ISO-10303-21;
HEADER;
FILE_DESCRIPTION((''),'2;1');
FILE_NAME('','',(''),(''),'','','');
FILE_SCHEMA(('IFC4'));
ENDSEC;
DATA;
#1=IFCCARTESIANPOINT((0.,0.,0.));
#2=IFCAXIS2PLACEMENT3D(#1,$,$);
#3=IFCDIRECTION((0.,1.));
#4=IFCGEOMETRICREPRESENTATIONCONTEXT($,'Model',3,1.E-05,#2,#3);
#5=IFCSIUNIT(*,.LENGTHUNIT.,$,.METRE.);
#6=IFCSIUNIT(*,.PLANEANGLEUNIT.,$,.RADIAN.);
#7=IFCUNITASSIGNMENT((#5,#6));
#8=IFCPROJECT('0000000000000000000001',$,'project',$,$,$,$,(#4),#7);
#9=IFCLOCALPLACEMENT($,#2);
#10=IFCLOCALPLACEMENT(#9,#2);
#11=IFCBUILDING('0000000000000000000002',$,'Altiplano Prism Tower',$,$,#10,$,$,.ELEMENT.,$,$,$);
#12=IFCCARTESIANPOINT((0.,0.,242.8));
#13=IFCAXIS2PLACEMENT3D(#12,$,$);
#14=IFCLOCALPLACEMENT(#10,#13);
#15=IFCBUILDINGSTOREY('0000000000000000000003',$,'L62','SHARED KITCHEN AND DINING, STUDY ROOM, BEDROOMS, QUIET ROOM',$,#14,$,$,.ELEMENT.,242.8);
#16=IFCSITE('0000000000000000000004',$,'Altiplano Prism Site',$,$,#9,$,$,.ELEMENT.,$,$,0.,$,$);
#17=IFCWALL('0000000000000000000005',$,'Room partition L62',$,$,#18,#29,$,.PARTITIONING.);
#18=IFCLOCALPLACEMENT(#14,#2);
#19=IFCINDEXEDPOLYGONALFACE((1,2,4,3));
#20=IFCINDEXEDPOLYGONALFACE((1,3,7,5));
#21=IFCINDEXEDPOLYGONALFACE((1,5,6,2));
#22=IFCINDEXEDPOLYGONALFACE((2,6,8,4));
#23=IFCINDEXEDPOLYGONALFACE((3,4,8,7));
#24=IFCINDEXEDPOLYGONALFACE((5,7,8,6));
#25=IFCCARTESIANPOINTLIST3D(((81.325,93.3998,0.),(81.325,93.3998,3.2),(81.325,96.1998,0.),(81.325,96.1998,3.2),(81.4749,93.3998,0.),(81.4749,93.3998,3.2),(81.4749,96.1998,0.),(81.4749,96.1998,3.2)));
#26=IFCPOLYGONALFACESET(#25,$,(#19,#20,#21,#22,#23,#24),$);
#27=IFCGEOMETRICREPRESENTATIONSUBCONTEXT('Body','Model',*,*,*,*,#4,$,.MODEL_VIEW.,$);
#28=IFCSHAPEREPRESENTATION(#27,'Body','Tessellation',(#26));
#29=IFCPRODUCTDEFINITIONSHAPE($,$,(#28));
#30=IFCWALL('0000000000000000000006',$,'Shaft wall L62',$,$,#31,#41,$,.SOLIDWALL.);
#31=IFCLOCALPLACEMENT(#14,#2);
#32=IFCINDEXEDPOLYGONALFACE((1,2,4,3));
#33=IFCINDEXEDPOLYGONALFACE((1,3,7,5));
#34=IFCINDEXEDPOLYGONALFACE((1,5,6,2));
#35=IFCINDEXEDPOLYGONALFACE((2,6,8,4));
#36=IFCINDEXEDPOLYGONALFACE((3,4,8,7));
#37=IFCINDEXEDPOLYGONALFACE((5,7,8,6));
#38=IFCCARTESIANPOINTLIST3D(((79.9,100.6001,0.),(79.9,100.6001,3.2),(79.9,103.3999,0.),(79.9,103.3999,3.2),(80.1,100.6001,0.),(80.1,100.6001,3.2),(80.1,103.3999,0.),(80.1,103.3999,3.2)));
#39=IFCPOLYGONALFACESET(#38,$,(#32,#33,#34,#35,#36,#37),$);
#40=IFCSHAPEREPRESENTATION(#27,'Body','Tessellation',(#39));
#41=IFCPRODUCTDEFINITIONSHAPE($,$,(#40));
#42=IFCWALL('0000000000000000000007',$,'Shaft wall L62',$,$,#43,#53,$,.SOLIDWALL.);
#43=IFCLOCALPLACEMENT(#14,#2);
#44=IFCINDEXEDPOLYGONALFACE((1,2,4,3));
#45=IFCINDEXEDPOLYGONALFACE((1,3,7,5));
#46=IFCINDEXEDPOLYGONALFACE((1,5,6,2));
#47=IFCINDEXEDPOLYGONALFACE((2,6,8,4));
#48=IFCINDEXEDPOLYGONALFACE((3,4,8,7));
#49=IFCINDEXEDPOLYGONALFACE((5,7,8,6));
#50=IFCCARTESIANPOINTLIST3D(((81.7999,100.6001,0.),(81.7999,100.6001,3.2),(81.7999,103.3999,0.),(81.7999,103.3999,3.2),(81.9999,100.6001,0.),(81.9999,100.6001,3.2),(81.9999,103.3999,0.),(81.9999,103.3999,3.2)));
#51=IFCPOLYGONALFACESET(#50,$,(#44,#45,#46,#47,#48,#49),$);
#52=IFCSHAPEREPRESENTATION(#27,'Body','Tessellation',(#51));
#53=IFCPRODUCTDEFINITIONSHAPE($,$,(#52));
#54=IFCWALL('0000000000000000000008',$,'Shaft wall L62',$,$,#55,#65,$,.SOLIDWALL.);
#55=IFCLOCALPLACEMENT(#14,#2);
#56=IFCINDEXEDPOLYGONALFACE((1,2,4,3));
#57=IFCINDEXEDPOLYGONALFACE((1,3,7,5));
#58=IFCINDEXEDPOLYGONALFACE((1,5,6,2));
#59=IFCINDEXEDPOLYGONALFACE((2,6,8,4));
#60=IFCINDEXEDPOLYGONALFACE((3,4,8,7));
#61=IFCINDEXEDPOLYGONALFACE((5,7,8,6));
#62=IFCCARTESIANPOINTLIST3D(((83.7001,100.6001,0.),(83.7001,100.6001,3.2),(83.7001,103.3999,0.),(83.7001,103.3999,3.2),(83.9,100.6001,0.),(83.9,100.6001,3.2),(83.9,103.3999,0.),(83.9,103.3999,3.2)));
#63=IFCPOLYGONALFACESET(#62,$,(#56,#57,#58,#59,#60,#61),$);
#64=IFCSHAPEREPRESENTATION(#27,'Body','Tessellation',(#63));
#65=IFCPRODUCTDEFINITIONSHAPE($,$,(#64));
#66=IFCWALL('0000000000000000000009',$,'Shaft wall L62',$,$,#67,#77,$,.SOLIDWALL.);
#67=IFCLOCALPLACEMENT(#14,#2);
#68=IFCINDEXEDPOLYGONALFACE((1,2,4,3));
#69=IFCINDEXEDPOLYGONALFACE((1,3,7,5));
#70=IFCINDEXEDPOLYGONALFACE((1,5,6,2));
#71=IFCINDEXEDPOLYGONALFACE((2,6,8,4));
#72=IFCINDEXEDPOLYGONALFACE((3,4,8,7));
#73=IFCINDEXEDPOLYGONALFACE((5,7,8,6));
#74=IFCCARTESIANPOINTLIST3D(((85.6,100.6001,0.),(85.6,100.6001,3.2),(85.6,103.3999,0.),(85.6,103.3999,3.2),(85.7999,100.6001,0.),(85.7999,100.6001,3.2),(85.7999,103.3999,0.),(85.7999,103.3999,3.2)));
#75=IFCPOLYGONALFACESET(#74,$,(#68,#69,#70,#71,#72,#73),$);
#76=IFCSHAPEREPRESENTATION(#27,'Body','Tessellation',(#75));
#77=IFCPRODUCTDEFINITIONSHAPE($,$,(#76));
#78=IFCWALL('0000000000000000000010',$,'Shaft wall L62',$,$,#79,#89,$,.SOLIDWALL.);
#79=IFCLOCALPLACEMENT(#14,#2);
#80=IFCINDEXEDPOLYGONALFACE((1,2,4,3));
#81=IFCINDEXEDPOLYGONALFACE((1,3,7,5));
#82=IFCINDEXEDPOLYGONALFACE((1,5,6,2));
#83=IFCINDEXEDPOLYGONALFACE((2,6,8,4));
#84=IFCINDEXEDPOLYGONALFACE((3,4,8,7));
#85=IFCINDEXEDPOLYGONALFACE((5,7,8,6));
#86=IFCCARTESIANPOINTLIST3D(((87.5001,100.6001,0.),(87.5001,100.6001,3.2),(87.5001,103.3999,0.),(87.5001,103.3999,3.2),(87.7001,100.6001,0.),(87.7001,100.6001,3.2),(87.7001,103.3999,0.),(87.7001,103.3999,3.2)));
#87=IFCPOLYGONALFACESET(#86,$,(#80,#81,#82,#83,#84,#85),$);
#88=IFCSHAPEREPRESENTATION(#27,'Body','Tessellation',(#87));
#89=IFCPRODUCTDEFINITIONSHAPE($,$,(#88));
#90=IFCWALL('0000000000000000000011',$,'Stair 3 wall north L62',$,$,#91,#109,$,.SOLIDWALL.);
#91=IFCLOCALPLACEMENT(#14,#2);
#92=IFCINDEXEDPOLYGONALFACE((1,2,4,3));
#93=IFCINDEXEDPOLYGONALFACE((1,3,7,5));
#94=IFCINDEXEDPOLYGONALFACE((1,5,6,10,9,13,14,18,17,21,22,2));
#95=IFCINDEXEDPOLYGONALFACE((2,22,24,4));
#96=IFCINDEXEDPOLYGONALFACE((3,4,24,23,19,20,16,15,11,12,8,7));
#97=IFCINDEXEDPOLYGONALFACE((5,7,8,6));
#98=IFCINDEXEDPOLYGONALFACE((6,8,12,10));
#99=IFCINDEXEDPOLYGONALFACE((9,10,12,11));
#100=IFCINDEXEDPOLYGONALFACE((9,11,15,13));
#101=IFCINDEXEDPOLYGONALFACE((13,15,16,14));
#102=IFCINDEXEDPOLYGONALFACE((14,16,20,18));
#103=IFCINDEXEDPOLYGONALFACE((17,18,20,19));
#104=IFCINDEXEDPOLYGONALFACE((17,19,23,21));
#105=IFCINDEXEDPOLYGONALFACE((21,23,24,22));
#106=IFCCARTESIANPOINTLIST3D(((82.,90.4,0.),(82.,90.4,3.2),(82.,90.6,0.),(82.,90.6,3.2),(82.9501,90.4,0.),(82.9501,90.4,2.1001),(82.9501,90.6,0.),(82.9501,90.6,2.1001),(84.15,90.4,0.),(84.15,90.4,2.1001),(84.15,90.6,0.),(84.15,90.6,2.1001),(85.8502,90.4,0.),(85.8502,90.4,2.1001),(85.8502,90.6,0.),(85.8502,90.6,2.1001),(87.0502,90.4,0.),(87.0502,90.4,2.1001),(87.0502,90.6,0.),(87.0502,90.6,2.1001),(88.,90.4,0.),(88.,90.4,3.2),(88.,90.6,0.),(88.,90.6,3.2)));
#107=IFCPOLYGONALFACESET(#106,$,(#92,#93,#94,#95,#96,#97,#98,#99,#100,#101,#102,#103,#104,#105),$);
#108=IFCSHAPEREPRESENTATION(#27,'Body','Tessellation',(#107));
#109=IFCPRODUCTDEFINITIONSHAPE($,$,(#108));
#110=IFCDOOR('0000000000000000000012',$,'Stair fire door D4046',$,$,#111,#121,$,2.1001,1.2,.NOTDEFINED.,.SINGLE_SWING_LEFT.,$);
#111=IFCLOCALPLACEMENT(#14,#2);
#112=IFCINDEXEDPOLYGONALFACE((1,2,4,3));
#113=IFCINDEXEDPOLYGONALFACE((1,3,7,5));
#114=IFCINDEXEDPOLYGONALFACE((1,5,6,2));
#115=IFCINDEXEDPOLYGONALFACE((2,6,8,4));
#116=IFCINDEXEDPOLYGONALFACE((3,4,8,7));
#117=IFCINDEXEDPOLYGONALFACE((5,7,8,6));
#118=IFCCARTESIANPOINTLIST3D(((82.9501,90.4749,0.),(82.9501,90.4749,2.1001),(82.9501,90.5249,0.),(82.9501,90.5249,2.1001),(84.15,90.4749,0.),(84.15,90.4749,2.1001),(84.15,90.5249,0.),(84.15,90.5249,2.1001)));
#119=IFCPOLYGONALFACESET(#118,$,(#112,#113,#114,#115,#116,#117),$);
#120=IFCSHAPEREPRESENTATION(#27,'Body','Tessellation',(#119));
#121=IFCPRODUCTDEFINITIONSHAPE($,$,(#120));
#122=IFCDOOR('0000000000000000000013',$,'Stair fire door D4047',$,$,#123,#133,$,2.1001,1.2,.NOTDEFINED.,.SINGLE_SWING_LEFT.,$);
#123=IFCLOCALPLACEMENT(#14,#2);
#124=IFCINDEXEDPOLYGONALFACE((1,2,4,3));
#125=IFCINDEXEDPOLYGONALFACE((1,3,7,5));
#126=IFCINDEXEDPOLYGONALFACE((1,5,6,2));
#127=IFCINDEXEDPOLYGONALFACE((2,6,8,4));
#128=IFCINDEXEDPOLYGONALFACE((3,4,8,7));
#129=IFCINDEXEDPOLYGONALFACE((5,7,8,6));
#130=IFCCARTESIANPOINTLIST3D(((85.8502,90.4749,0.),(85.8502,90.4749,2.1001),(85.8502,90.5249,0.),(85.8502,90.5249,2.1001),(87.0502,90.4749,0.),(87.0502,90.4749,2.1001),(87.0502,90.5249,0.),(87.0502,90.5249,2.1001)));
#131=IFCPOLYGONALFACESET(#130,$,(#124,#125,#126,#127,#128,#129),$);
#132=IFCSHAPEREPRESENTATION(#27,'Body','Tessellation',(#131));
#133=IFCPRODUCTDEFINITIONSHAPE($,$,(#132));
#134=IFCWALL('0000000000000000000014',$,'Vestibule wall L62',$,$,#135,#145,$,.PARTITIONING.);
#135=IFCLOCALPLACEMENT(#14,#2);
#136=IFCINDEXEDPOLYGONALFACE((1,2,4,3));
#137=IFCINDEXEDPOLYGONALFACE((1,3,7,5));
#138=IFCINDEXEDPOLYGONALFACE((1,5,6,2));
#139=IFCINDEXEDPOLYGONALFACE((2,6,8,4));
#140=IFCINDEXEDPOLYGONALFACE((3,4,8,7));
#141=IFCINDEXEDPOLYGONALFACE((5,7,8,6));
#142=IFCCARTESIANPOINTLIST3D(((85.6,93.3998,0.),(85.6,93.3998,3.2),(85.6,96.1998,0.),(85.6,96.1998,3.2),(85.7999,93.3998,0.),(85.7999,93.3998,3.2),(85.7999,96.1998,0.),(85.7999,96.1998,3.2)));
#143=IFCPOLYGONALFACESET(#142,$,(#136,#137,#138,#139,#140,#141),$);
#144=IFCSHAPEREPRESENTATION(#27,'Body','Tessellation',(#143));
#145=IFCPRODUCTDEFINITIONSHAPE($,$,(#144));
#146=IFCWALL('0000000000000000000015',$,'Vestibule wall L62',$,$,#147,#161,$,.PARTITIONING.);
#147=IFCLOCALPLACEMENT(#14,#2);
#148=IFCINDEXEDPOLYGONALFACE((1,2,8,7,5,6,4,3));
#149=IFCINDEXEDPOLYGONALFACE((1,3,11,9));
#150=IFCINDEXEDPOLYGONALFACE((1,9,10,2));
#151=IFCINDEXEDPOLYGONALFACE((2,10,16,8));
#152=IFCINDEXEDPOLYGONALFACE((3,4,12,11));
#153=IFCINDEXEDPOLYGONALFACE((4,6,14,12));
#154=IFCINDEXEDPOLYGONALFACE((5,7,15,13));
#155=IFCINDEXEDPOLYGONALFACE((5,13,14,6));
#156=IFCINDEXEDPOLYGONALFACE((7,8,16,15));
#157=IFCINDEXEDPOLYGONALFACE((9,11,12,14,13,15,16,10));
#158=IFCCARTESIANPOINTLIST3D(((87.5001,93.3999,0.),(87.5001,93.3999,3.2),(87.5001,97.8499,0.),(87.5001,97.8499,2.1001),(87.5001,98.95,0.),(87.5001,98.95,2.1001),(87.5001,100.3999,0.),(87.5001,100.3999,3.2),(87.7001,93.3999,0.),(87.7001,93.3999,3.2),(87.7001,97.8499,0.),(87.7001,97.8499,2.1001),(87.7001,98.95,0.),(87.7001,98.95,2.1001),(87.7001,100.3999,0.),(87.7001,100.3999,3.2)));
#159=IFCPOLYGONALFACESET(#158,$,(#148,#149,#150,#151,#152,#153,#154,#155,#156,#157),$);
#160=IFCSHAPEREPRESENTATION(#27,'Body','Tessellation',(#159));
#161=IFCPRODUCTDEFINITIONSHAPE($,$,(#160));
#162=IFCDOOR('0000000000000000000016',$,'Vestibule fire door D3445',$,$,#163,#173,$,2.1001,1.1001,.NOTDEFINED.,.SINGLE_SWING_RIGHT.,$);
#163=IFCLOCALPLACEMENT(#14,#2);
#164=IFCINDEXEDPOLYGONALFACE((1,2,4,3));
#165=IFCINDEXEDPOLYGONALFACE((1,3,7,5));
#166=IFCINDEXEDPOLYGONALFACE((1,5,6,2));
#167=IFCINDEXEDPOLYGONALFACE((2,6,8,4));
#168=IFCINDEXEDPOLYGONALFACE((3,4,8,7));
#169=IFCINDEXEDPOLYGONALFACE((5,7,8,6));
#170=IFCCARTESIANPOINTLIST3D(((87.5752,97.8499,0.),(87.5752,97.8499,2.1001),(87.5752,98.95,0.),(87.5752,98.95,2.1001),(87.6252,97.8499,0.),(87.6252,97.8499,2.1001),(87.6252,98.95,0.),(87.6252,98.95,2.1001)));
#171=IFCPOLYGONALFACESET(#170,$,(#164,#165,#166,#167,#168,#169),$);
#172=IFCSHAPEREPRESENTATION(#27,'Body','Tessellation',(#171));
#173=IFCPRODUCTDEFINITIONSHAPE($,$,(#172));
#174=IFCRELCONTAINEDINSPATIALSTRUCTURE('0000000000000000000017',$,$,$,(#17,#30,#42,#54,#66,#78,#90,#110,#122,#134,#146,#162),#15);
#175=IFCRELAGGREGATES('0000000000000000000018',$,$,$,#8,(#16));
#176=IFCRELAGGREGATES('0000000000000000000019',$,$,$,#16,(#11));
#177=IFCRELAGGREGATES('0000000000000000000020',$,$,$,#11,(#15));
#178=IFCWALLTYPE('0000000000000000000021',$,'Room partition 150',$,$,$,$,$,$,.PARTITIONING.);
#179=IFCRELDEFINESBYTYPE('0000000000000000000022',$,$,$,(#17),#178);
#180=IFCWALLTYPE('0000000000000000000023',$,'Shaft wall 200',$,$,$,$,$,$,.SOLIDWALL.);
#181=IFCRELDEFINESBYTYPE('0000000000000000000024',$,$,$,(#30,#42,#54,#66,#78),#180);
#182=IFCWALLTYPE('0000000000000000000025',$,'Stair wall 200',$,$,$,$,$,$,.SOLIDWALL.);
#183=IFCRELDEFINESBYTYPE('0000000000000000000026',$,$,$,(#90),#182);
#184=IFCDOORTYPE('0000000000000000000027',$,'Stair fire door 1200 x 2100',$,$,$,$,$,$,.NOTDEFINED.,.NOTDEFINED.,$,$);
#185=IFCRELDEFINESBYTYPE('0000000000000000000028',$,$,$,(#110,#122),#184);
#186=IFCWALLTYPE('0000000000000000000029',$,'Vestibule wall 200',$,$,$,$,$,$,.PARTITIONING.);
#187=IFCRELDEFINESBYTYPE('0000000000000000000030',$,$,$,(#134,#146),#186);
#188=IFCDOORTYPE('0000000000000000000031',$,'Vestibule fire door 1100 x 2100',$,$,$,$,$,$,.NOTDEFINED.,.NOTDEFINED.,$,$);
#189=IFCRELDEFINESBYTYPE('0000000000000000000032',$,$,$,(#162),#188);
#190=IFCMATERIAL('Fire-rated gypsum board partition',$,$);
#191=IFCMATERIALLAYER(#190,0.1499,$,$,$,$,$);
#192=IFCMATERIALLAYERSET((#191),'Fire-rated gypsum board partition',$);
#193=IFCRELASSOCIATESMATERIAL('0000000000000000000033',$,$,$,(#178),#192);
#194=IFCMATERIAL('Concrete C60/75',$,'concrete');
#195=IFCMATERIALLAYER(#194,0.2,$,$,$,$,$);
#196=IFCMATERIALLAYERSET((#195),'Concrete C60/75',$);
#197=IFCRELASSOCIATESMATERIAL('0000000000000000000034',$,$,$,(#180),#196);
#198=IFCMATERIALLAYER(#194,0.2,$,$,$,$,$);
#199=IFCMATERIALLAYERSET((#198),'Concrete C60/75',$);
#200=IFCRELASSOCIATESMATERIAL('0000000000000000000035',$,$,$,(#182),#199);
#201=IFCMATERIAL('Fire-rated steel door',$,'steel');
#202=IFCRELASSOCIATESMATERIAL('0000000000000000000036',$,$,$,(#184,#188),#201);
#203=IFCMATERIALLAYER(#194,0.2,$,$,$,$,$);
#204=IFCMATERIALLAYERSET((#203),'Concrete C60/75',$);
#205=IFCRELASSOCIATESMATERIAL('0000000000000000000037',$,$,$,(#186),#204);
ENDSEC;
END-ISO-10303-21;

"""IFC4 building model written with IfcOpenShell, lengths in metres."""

from ifc_helpers import new_model, si_unit, direction, frame, frame_2d, origin, place, context, subcontext, project, spatial, rectangle, extrude, material, layer, layer_set, type_object, element, fill, save


model = new_model("IFC4")

# Units and contexts
model_context = context("Model", 3, precision=1e-05, world=origin(), true_north=direction((0.0, 1.0)))
body_context = subcontext(model_context, "Body", "Model", "MODEL_VIEW")
ifc_project = project(units=[si_unit("LENGTHUNIT", "METRE"), si_unit("PLANEANGLEUNIT", "RADIAN")], contexts=[model_context])

# Site, building, storey
site_placement = place(None, origin())
site = spatial("IfcSite", under=ifc_project, at=site_placement, Name="Altiplano Prism Site", CompositionType="ELEMENT", RefElevation=0.0)
building_placement = place(site_placement, origin())
building = spatial("IfcBuilding", under=site, at=building_placement, Name="Altiplano Prism Tower", CompositionType="ELEMENT")
storey_placement = place(building_placement, frame((0.0, 0.0, 242.8)))
storey = spatial("IfcBuildingStorey", under=building, at=storey_placement, Name="L62", Description="SHARED KITCHEN AND DINING, STUDY ROOM, BEDROOMS, QUIET ROOM", CompositionType="ELEMENT", Elevation=242.8)

# Walls
ifc_material_1 = material(Name="Fire-rated gypsum board partition")
ifc_layer_1 = layer(ifc_material_1, 0.1499)
ifc_layer_set_1 = layer_set([ifc_layer_1], Name="Fire-rated gypsum board partition")
wall_type_1 = type_object("IfcWallType", Name="Room partition 150", PredefinedType="PARTITIONING", material=ifc_layer_set_1)
wall_1_placement = place(storey_placement, frame((81.3999, 93.3999, 0.0), z_axis=(0.0, 0.0, 1.0), x_axis=(0.0, 1.0, 0.0)))
element("IfcWall", 1, at=wall_1_placement, inside=storey, type_object=wall_type_1, Name="Room partition L62", PredefinedType="PARTITIONING", context=body_context, shape_type="SweptSolid", body=[
    extrude(rectangle(XDim=2.8, YDim=0.1499, at=frame_2d((1.3999, 0.0))), origin(), (0.0, 0.0, 1.0), 3.2),
])
ifc_material_2 = material(Name="Concrete C60/75", Category="concrete")
ifc_layer_2 = layer(ifc_material_2, 0.2)
ifc_layer_set_2 = layer_set([ifc_layer_2], Name="Concrete C60/75")
wall_type_2 = type_object("IfcWallType", Name="Shaft wall 200", PredefinedType="SOLIDWALL", material=ifc_layer_set_2)
for number, where, z_axis, x_axis, name in (
    (2, (80.0, 100.6001, 0.0), (0.0, 0.0, 1.0), (0.0, 1.0, 0.0), "Shaft wall L62"),
    (3, (81.8999, 100.6001, 0.0), (0.0, 0.0, 1.0), (0.0, 1.0, 0.0), "Shaft wall L62"),
    (4, (83.8, 100.6001, 0.0), (0.0, 0.0, 1.0), (0.0, 1.0, 0.0), "Shaft wall L62"),
    (5, (85.7, 100.6001, 0.0), (0.0, 0.0, 1.0), (0.0, 1.0, 0.0), "Shaft wall L62"),
    (6, (87.6001, 100.6001, 0.0), (0.0, 0.0, 1.0), (0.0, 1.0, 0.0), "Shaft wall L62"),
):
    element("IfcWall", number, at=place(storey_placement, frame(where, z_axis=z_axis, x_axis=x_axis)), inside=storey, type_object=wall_type_2, Name=name, PredefinedType="SOLIDWALL", context=body_context, shape_type="SweptSolid", body=[
        extrude(rectangle(XDim=2.7998, YDim=0.2, at=frame_2d((1.3999, 0.0))), origin(), (0.0, 0.0, 1.0), 3.2),
    ])

# Wall, openings, doors
ifc_layer_3 = layer(ifc_material_2, 0.2)
ifc_layer_set_3 = layer_set([ifc_layer_3], Name="Concrete C60/75")
wall_type_3 = type_object("IfcWallType", Name="Stair wall 200", PredefinedType="SOLIDWALL", material=ifc_layer_set_3)
wall_2_placement = place(storey_placement, frame((82.0, 90.5, 0.0), z_axis=(0.0, 0.0, 1.0), x_axis=(1.0, 0.0, 0.0)))
wall_2 = element("IfcWall", 7, at=wall_2_placement, inside=storey, type_object=wall_type_3, Name="Stair 3 wall north L62", PredefinedType="SOLIDWALL", context=body_context, shape_type="SweptSolid", body=[
    extrude(rectangle(XDim=6.0, YDim=0.2, at=frame_2d((3.0, 0.0))), origin(), (0.0, 0.0, 1.0), 3.2),
])
opening_1_placement = place(wall_2_placement, frame((0.95, 0.0, 0.0)))
opening_1 = element("IfcOpeningElement", 8, at=opening_1_placement, cuts=wall_2, PredefinedType="OPENING", context=body_context, shape_type="SweptSolid", body=[
    extrude(rectangle(XDim=1.2, YDim=2.1001, at=frame_2d((0.6001, 1.05))), frame((0.0, 0.1104, 0.0), z_axis=(0.0, -1.0, 0.0), x_axis=(1.0, 0.0, 0.0)), (0.0, 0.0, 1.0), 0.2209),
])
opening_2_placement = place(wall_2_placement, frame((3.8501, 0.0, 0.0)))
opening_2 = element("IfcOpeningElement", 9, at=opening_2_placement, cuts=wall_2, PredefinedType="OPENING", context=body_context, shape_type="SweptSolid", body=[
    extrude(rectangle(XDim=1.2, YDim=2.1001, at=frame_2d((0.6001, 1.05))), frame((0.0, 0.1104, 0.0), z_axis=(0.0, -1.0, 0.0), x_axis=(1.0, 0.0, 0.0)), (0.0, 0.0, 1.0), 0.2209),
])
ifc_material_3 = material(Name="Fire-rated steel door", Category="steel")
door_type_1 = type_object("IfcDoorType", Name="Stair fire door 1200 x 2100", OperationType="NOTDEFINED", PredefinedType="NOTDEFINED", material=ifc_material_3)
door_1_placement = place(opening_1_placement, origin())
door_1 = element("IfcDoor", 10, at=door_1_placement, inside=storey, type_object=door_type_1, Name="Stair fire door D4046", OperationType="SINGLE_SWING_LEFT", OverallHeight=2.1001, OverallWidth=1.2, PredefinedType="NOTDEFINED", context=body_context, shape_type="SweptSolid", body=[
    extrude(rectangle(XDim=1.2, YDim=2.1001, at=frame_2d((0.6001, 1.05))), frame((0.0, 0.0249, 0.0), z_axis=(0.0, -1.0, 0.0), x_axis=(1.0, 0.0, 0.0)), (0.0, 0.0, 1.0), 0.05),
])
fill(opening_1, door_1)
door_2_placement = place(opening_2_placement, origin())
door_2 = element("IfcDoor", 11, at=door_2_placement, inside=storey, type_object=door_type_1, Name="Stair fire door D4047", OperationType="SINGLE_SWING_LEFT", OverallHeight=2.1001, OverallWidth=1.2, PredefinedType="NOTDEFINED", context=body_context, shape_type="SweptSolid", body=[
    extrude(rectangle(XDim=1.2, YDim=2.1001, at=frame_2d((0.6001, 1.05))), frame((0.0, 0.0249, 0.0), z_axis=(0.0, -1.0, 0.0), x_axis=(1.0, 0.0, 0.0)), (0.0, 0.0, 1.0), 0.05),
])
fill(opening_2, door_2)

# Wall
ifc_layer_4 = layer(ifc_material_2, 0.2)
ifc_layer_set_4 = layer_set([ifc_layer_4], Name="Concrete C60/75")
wall_type_4 = type_object("IfcWallType", Name="Vestibule wall 200", PredefinedType="PARTITIONING", material=ifc_layer_set_4)
wall_3_placement = place(storey_placement, frame((85.7, 93.3999, 0.0), z_axis=(0.0, 0.0, 1.0), x_axis=(0.0, 1.0, 0.0)))
element("IfcWall", 12, at=wall_3_placement, inside=storey, type_object=wall_type_4, Name="Vestibule wall L62", PredefinedType="PARTITIONING", context=body_context, shape_type="SweptSolid", body=[
    extrude(rectangle(XDim=2.8, YDim=0.2, at=frame_2d((1.3999, 0.0))), origin(), (0.0, 0.0, 1.0), 3.2),
])

# Wall, opening, door
wall_4_placement = place(storey_placement, frame((87.6001, 93.3999, 0.0), z_axis=(0.0, 0.0, 1.0), x_axis=(0.0, 1.0, 0.0)))
wall_4 = element("IfcWall", 13, at=wall_4_placement, inside=storey, type_object=wall_type_4, Name="Vestibule wall L62", PredefinedType="PARTITIONING", context=body_context, shape_type="SweptSolid", body=[
    extrude(rectangle(XDim=7.0, YDim=0.2, at=frame_2d((3.5, 0.0))), origin(), (0.0, 0.0, 1.0), 3.2),
])
opening_3_placement = place(wall_4_placement, frame((4.45, 0.0, 0.0)))
opening_3 = element("IfcOpeningElement", 14, at=opening_3_placement, cuts=wall_4, PredefinedType="OPENING", context=body_context, shape_type="SweptSolid", body=[
    extrude(rectangle(XDim=1.1001, YDim=2.1001, at=frame_2d((0.55, 1.05))), frame((0.0, 0.1104, 0.0), z_axis=(0.0, -1.0, 0.0), x_axis=(1.0, 0.0, 0.0)), (0.0, 0.0, 1.0), 0.2209),
])
door_type_2 = type_object("IfcDoorType", Name="Vestibule fire door 1100 x 2100", OperationType="NOTDEFINED", PredefinedType="NOTDEFINED", material=ifc_material_3)
door_3_placement = place(opening_3_placement, origin())
door_3 = element("IfcDoor", 15, at=door_3_placement, inside=storey, type_object=door_type_2, Name="Vestibule fire door D3445", OperationType="SINGLE_SWING_RIGHT", OverallHeight=2.1001, OverallWidth=1.1001, PredefinedType="NOTDEFINED", context=body_context, shape_type="SweptSolid", body=[
    extrude(rectangle(XDim=1.1001, YDim=2.1001, at=frame_2d((0.55, 1.05))), frame((0.0, 0.0249, 0.0), z_axis=(0.0, -1.0, 0.0), x_axis=(1.0, 0.0, 0.0)), (0.0, 0.0, 1.0), 0.05),
])
fill(opening_3, door_3)

save(model, "model.ifc")
